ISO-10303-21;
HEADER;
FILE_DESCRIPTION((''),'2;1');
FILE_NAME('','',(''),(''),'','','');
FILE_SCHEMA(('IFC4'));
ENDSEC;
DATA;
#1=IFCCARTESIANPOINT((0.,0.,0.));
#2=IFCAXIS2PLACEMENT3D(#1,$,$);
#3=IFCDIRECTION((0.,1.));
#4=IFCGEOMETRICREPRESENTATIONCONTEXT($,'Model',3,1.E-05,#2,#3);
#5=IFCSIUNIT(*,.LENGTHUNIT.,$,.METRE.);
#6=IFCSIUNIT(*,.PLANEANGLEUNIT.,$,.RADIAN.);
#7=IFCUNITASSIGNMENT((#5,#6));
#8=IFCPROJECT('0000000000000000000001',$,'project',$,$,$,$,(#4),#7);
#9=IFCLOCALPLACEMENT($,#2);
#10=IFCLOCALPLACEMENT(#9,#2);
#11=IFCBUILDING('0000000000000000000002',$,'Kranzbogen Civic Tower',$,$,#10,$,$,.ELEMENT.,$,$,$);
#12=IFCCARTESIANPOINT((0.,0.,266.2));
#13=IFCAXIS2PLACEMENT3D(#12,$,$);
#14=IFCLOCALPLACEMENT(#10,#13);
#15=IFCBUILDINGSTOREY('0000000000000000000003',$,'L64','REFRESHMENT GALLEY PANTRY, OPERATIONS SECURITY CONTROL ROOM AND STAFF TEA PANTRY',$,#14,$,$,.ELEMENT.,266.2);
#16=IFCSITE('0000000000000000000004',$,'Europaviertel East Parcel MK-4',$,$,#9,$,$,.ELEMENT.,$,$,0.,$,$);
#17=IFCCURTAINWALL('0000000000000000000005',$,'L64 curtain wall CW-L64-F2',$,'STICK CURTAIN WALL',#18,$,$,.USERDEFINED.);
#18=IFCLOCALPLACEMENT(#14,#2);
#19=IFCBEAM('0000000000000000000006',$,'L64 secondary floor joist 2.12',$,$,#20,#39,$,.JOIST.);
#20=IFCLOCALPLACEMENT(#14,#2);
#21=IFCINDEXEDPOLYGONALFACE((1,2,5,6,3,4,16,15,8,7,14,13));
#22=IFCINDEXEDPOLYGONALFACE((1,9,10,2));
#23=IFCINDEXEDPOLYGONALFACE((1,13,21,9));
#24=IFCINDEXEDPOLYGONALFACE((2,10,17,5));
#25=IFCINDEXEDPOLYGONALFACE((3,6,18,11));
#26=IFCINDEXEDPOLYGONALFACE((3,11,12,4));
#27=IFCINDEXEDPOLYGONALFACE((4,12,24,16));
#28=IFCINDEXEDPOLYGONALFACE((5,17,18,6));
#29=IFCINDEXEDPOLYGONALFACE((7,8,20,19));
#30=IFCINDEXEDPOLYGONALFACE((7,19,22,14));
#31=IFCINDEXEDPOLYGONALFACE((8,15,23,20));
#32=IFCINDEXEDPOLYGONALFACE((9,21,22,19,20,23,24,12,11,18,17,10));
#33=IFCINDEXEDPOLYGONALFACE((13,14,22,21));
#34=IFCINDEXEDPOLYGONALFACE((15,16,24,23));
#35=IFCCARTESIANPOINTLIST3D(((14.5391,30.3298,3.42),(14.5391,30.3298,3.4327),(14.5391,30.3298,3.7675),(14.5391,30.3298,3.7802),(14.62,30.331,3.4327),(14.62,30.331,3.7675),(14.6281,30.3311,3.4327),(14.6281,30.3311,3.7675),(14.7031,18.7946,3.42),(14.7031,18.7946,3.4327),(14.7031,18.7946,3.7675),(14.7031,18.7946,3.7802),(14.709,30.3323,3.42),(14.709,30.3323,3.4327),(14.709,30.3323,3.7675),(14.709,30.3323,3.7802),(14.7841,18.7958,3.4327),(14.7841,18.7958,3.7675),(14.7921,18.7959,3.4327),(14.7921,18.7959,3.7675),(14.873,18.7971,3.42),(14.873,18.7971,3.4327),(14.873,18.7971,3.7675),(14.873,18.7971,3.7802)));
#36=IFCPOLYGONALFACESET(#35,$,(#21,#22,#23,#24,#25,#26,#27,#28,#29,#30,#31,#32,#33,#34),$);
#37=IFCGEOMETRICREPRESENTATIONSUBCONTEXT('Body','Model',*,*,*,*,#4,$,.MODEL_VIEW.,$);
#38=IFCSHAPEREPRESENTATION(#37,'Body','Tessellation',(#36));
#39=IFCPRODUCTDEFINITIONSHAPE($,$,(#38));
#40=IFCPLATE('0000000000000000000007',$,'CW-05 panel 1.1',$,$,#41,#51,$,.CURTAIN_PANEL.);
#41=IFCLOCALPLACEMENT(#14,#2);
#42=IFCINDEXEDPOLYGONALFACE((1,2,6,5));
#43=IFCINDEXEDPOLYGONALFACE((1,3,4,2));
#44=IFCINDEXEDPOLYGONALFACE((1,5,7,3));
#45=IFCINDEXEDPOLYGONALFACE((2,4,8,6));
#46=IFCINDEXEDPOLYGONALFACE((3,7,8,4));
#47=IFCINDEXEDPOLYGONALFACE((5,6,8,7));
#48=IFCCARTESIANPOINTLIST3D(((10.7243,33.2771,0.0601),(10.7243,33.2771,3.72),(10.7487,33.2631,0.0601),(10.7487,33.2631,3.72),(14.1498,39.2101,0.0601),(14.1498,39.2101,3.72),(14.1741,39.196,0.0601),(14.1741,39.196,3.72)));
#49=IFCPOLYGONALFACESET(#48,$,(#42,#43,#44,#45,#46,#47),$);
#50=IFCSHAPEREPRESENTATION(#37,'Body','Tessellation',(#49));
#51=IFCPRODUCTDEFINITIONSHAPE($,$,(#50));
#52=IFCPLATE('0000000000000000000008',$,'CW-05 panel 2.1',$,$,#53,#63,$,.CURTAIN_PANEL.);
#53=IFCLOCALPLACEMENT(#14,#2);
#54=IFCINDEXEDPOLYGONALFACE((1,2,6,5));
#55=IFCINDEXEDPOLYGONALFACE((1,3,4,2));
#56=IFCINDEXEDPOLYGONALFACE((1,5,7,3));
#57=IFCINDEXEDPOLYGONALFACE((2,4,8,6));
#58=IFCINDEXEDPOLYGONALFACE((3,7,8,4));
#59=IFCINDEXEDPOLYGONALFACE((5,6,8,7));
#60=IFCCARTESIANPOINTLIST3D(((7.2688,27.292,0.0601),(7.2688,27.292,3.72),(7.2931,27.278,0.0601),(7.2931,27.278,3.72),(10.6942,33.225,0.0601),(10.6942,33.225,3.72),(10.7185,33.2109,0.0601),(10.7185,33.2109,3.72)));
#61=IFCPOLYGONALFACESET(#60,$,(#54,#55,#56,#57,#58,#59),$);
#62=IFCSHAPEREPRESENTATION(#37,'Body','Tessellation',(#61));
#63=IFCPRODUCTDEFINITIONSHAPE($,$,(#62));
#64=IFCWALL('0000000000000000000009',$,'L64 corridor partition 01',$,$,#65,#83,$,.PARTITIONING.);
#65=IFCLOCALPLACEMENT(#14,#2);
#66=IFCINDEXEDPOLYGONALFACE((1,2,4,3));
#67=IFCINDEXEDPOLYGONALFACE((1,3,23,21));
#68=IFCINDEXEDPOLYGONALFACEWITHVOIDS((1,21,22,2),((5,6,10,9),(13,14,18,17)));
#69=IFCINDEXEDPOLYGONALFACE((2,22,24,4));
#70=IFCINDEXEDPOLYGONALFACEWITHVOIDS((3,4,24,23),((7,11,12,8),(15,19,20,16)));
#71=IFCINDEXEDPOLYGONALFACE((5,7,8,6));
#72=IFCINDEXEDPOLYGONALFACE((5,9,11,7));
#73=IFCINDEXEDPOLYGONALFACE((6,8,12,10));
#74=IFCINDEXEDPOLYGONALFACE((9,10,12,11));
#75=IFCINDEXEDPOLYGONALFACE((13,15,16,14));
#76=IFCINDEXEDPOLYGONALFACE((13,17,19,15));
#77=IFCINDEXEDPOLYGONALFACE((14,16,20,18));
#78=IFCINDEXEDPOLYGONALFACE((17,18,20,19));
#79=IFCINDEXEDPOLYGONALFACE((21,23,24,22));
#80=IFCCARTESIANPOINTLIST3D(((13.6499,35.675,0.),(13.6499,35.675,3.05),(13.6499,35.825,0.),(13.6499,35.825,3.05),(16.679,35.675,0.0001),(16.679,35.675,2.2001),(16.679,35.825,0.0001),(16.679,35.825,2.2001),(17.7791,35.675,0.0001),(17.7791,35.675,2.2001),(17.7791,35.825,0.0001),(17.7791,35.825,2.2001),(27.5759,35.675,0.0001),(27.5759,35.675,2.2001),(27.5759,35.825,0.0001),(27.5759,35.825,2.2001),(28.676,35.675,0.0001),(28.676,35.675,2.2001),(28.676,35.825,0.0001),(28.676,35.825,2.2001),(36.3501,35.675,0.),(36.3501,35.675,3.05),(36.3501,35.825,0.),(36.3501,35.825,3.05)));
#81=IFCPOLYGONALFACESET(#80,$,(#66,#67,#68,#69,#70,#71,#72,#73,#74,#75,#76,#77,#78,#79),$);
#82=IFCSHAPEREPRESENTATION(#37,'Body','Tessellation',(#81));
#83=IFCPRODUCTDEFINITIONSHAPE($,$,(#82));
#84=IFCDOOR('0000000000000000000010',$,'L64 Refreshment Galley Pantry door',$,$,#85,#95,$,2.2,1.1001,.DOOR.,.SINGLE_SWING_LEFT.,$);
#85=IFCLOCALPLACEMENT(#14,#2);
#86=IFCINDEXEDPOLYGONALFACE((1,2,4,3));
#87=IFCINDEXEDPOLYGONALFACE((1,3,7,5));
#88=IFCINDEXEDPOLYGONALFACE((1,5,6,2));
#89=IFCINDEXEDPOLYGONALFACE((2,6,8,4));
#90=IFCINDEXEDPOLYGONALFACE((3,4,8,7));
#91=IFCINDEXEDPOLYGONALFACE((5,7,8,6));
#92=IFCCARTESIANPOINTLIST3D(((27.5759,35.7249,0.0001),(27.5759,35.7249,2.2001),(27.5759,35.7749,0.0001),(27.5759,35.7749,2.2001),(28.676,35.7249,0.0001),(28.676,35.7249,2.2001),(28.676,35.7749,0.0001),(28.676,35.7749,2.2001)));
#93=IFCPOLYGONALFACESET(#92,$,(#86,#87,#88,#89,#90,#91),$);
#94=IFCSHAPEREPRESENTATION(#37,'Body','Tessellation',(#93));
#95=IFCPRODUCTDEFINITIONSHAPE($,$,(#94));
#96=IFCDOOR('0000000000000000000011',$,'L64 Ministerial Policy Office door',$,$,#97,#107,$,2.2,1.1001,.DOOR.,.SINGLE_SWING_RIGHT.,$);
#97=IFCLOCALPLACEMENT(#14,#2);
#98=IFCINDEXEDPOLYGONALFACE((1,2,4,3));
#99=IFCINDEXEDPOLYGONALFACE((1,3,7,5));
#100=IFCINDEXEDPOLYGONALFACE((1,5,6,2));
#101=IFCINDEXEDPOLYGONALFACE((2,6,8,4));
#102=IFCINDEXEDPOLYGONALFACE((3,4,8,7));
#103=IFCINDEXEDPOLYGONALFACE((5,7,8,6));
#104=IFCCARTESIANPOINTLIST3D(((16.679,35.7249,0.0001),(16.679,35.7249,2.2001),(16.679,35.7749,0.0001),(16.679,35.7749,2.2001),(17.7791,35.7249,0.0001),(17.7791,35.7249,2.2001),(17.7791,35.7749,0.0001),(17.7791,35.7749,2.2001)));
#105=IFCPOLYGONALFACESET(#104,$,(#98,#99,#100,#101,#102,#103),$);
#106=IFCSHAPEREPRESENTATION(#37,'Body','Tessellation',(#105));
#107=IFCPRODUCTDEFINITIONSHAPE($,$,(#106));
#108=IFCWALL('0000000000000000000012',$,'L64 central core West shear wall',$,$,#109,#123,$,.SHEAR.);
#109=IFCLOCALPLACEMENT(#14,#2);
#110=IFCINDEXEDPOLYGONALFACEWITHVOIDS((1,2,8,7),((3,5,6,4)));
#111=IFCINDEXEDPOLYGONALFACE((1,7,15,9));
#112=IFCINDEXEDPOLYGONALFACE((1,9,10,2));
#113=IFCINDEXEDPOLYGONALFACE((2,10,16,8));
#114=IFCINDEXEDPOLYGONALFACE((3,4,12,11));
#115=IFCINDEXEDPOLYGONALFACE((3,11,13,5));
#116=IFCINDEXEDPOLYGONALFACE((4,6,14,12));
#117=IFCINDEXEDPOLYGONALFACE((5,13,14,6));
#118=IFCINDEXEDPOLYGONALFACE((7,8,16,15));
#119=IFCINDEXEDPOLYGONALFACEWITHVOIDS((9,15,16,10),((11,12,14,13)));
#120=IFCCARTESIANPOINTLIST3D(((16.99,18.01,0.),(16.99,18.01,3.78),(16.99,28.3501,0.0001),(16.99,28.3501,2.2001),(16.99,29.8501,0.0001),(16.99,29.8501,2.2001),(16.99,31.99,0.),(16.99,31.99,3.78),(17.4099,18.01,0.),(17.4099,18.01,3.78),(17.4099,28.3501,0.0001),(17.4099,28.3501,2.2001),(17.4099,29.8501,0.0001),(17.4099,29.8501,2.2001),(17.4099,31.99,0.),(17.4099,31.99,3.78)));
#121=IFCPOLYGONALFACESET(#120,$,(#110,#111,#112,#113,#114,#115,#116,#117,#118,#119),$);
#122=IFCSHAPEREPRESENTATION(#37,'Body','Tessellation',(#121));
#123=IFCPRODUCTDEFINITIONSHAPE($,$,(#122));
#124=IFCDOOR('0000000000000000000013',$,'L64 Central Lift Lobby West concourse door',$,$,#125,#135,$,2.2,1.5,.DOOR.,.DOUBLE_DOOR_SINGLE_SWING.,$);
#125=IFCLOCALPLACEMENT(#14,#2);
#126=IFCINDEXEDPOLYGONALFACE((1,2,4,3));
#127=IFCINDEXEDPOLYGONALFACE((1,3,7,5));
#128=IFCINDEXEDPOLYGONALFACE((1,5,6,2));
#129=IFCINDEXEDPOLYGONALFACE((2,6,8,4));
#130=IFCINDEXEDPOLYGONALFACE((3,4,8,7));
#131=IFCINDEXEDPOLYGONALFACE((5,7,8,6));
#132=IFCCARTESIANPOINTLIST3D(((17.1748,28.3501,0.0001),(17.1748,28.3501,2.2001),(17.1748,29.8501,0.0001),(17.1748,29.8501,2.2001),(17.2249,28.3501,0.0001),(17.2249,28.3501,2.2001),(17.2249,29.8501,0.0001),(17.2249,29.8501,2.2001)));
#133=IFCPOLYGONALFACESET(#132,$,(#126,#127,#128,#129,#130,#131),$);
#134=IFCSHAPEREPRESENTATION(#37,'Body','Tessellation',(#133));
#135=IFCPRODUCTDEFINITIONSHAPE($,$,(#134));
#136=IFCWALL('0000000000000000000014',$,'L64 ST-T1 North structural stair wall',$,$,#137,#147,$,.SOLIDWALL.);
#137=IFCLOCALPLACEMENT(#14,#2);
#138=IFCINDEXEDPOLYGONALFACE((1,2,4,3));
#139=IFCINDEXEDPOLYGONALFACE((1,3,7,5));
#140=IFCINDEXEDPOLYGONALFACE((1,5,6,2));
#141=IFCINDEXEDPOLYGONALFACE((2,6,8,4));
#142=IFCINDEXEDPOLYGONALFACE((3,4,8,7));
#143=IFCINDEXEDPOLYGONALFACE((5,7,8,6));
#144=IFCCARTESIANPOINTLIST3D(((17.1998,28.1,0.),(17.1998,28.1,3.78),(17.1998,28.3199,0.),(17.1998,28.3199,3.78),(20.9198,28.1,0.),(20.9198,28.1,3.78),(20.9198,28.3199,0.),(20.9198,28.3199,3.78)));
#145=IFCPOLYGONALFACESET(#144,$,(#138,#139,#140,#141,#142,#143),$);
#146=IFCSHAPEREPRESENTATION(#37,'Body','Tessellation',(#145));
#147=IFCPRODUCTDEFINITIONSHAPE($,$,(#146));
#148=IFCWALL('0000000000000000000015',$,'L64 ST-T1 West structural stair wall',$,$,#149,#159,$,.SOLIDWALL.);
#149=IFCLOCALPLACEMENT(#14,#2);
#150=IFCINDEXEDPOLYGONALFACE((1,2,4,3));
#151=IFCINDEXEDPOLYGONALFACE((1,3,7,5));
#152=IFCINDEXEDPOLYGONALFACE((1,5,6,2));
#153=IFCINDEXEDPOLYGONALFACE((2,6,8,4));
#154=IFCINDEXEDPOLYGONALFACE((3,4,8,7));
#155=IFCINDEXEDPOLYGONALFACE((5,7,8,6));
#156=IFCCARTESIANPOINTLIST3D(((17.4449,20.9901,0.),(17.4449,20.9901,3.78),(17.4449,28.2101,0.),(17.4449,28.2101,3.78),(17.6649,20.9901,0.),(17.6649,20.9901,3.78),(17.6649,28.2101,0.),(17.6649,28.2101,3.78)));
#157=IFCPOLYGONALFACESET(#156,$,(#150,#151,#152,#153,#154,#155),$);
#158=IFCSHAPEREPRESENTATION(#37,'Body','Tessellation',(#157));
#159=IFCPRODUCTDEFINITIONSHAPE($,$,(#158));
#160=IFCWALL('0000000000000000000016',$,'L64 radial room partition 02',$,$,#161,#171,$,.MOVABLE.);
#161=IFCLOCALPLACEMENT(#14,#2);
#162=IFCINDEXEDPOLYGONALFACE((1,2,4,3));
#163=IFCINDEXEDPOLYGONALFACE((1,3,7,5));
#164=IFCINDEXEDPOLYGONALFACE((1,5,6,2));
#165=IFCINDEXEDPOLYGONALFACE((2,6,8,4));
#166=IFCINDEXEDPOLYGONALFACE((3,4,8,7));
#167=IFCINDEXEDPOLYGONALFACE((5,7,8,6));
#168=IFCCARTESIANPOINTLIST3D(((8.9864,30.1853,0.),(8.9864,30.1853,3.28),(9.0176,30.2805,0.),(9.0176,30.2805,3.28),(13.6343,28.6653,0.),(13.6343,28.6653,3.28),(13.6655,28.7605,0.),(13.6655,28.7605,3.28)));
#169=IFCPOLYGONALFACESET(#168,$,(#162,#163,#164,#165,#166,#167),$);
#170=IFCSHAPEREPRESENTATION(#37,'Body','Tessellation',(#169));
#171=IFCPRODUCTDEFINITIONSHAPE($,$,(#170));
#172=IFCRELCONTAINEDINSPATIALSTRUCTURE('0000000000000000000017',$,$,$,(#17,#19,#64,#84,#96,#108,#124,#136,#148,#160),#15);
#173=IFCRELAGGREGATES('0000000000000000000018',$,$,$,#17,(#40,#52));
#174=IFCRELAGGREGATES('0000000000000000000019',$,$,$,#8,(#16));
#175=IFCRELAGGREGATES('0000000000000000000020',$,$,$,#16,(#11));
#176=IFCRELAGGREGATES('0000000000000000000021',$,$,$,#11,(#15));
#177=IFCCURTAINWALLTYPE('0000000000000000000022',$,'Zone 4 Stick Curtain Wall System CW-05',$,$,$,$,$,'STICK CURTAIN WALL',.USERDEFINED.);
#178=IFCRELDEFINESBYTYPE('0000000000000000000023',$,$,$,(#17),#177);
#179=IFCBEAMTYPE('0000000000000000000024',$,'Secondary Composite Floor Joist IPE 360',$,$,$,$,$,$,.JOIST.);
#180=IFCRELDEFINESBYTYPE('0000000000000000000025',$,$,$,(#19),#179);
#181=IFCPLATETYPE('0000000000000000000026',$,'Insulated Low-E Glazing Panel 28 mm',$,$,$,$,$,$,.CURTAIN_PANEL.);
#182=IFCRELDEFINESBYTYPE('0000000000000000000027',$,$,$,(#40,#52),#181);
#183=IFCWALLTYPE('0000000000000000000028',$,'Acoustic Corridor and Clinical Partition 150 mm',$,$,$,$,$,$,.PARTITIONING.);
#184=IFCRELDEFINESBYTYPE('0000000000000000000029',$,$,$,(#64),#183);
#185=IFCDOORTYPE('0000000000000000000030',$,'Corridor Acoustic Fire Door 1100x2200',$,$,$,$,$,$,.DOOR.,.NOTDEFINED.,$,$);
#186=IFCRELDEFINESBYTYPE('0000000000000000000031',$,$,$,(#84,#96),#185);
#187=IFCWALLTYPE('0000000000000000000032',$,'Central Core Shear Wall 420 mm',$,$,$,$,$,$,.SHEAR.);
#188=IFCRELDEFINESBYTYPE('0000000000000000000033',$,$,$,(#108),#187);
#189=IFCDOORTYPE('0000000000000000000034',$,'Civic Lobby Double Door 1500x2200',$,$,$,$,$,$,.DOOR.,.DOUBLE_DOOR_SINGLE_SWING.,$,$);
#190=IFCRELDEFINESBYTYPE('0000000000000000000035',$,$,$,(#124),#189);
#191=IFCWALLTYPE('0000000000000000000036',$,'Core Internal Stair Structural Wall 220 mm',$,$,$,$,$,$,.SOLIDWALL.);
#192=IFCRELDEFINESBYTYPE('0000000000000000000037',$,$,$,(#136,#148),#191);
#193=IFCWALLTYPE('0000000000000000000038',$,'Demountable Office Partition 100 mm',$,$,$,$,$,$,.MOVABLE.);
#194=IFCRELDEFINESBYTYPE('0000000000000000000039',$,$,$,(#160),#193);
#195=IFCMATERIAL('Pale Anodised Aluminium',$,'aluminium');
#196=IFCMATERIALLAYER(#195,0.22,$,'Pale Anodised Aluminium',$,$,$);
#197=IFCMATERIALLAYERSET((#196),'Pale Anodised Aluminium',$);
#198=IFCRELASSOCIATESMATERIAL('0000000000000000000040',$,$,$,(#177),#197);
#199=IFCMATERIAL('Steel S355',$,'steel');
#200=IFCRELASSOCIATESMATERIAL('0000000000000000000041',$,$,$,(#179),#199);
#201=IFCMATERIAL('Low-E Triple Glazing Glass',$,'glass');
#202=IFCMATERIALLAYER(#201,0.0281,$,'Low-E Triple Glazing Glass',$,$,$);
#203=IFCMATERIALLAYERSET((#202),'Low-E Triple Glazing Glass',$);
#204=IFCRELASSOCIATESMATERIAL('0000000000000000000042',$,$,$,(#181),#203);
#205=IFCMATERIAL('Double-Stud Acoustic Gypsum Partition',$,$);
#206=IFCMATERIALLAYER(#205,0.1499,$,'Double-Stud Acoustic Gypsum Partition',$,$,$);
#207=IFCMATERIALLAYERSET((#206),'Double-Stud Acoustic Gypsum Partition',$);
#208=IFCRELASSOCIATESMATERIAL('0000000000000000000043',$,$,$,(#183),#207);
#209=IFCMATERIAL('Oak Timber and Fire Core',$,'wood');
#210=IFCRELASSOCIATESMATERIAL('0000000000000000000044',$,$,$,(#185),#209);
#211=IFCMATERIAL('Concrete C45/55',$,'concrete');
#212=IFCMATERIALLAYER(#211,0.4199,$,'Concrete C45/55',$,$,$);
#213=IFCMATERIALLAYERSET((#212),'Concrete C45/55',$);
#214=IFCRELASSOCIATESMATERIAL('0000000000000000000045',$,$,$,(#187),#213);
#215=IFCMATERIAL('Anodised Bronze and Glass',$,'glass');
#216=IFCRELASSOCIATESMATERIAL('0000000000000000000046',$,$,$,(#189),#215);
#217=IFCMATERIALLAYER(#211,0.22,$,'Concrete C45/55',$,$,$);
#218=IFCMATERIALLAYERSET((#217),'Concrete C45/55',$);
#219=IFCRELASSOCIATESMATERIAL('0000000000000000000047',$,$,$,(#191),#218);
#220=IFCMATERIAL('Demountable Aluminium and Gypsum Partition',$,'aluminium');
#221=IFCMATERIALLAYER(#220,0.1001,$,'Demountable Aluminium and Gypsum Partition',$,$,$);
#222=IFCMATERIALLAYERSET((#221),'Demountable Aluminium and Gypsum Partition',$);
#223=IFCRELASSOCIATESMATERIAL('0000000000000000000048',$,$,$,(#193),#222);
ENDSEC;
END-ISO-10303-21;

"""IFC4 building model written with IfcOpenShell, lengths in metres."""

from ifc_helpers import new_model, si_unit, direction, frame, frame_2d, origin, origin_2d, place, context, subcontext, project, spatial, rectangle, i_section, extrude, material, layer, layer_set, material_profile, profile_set, type_object, element, fill, aggregate, save


model = new_model("IFC4")

# Units and contexts
model_context = context("Model", 3, precision=1e-05, world=origin(), true_north=direction((0.0, 1.0)))
body_context = subcontext(model_context, "Body", "Model", "MODEL_VIEW")
ifc_project = project(units=[si_unit("LENGTHUNIT", "METRE"), si_unit("PLANEANGLEUNIT", "RADIAN")], contexts=[model_context])

# Site, building, storey
site_placement = place(None, origin())
site = spatial("IfcSite", under=ifc_project, at=site_placement, Name="Europaviertel East Parcel MK-4", CompositionType="ELEMENT", RefElevation=0.0)
building_placement = place(site_placement, origin())
building = spatial("IfcBuilding", under=site, at=building_placement, Name="Kranzbogen Civic Tower", CompositionType="ELEMENT")
storey_placement = place(building_placement, frame((0.0, 0.0, 266.2)))
storey = spatial("IfcBuildingStorey", under=building, at=storey_placement, Name="L64", Description="REFRESHMENT GALLEY PANTRY, OPERATIONS SECURITY CONTROL ROOM AND STAFF TEA PANTRY", CompositionType="ELEMENT", Elevation=266.2)

# Shared definitions
ifc_material_1 = material(Name="Steel S355", Category="steel")

# Curtain wall
ifc_material_2 = material(Name="Pale Anodised Aluminium", Category="aluminium")
ifc_layer_1 = layer(ifc_material_2, 0.22, Name="Pale Anodised Aluminium")
ifc_layer_set_1 = layer_set([ifc_layer_1], Name="Pale Anodised Aluminium")
curtain_wall_type = type_object("IfcCurtainWallType", Name="Zone 4 Stick Curtain Wall System CW-05", ElementType="STICK CURTAIN WALL", PredefinedType="USERDEFINED", material=ifc_layer_set_1)
curtain_wall_placement = place(storey_placement, origin())
curtain_wall = element("IfcCurtainWall", 1, at=curtain_wall_placement, inside=storey, type_object=curtain_wall_type, Name="L64 curtain wall CW-L64-F2", ObjectType="STICK CURTAIN WALL", PredefinedType="USERDEFINED")

# Beam
ifc_material_profile_1 = material_profile(ifc_material_1, i_section(OverallWidth=0.1699, OverallDepth=0.3601, WebThickness=0.0081, FlangeThickness=0.0127, at=origin_2d()), Name="IPE 360")
ifc_profile_set_1 = profile_set([ifc_material_profile_1], Name="Steel S355")
beam_type_1 = type_object("IfcBeamType", Name="Secondary Composite Floor Joist IPE 360", PredefinedType="JOIST", material=ifc_profile_set_1)
beam_1_placement = place(storey_placement, frame((14.624, 30.3311, 3.6001), z_axis=(0.014221, -0.999899, 0.0), x_axis=(0.999899, 0.014221, 0.0)))
element("IfcBeam", 2, at=beam_1_placement, inside=storey, type_object=beam_type_1, Name="L64 secondary floor joist 2.12", PredefinedType="JOIST", context=body_context, shape_type="SweptSolid", body=[
    extrude(i_section(OverallWidth=0.1699, OverallDepth=0.3601, WebThickness=0.0081, FlangeThickness=0.0127, at=origin_2d()), origin(), (0.0, 0.0, 1.0), 11.5364),
])

# Plates
ifc_material_3 = material(Name="Low-E Triple Glazing Glass", Category="glass")
ifc_layer_2 = layer(ifc_material_3, 0.0281, Name="Low-E Triple Glazing Glass")
ifc_layer_set_2 = layer_set([ifc_layer_2], Name="Low-E Triple Glazing Glass")
plate_type = type_object("IfcPlateType", Name="Insulated Low-E Glazing Panel 28 mm", PredefinedType="CURTAIN_PANEL", material=ifc_layer_set_2)
plate_1_placement = place(storey_placement, frame((12.4492, 36.2366, 0.0601), z_axis=(0.0, 0.0, 1.0), x_axis=(-0.500005, -0.866022, 0.0)))
plate_1 = element("IfcPlate", 3, at=plate_1_placement, type_object=plate_type, Name="CW-05 panel 1.1", PredefinedType="CURTAIN_PANEL", context=body_context, shape_type="SweptSolid", body=[
    extrude(rectangle(XDim=6.8508, YDim=0.0281, at=origin_2d()), origin(), (0.0, 0.0, 1.0), 3.6599),
])
plate_2_placement = place(storey_placement, frame((8.9937, 30.2515, 0.0601), z_axis=(0.0, 0.0, 1.0), x_axis=(-0.500005, -0.866022, 0.0)))
plate_2 = element("IfcPlate", 4, at=plate_2_placement, type_object=plate_type, Name="CW-05 panel 2.1", PredefinedType="CURTAIN_PANEL", context=body_context, shape_type="SweptSolid", body=[
    extrude(rectangle(XDim=6.8508, YDim=0.0281, at=origin_2d()), origin(), (0.0, 0.0, 1.0), 3.6599),
])
aggregate(curtain_wall, [plate_1, plate_2])

# Wall, openings, doors
ifc_material_4 = material(Name="Double-Stud Acoustic Gypsum Partition")
ifc_layer_3 = layer(ifc_material_4, 0.1499, Name="Double-Stud Acoustic Gypsum Partition")
ifc_layer_set_3 = layer_set([ifc_layer_3], Name="Double-Stud Acoustic Gypsum Partition")
wall_type_1 = type_object("IfcWallType", Name="Acoustic Corridor and Clinical Partition 150 mm", PredefinedType="PARTITIONING", material=ifc_layer_set_3)
wall_1_placement = place(storey_placement, frame((13.6499, 35.75, 0.0), z_axis=(0.0, 0.0, 1.0), x_axis=(1.0, 0.0, 0.0)))
wall_1 = element("IfcWall", 5, at=wall_1_placement, inside=storey, type_object=wall_type_1, Name="L64 corridor partition 01", PredefinedType="PARTITIONING", context=body_context, shape_type="SweptSolid", body=[
    extrude(rectangle(XDim=22.7002, YDim=0.1499, at=frame_2d((11.3501, 0.0))), origin(), (0.0, 0.0, 1.0), 3.05),
])
opening_1_placement = place(wall_1_placement, frame((13.926, 0.0, 0.0)))
opening_1 = element("IfcOpeningElement", 6, at=opening_1_placement, cuts=wall_1, PredefinedType="OPENING", context=body_context, shape_type="SweptSolid", body=[
    extrude(rectangle(XDim=1.1001, YDim=2.2, at=frame_2d((0.55, 1.1001))), frame((0.0, 0.085, 0.0), z_axis=(0.0, -1.0, 0.0), x_axis=(1.0, 0.0, 0.0)), (0.0, 0.0, 1.0), 0.1699),
])
opening_2_placement = place(wall_1_placement, frame((3.0291, 0.0, 0.0)))
opening_2 = element("IfcOpeningElement", 7, at=opening_2_placement, cuts=wall_1, PredefinedType="OPENING", context=body_context, shape_type="SweptSolid", body=[
    extrude(rectangle(XDim=1.1001, YDim=2.2, at=frame_2d((0.55, 1.1001))), frame((0.0, 0.085, 0.0), z_axis=(0.0, -1.0, 0.0), x_axis=(1.0, 0.0, 0.0)), (0.0, 0.0, 1.0), 0.1699),
])
ifc_material_5 = material(Name="Oak Timber and Fire Core", Category="wood")
door_type_1 = type_object("IfcDoorType", Name="Corridor Acoustic Fire Door 1100x2200", OperationType="NOTDEFINED", PredefinedType="DOOR", material=ifc_material_5)
door_1_placement = place(opening_1_placement, origin())
door_1 = element("IfcDoor", 8, at=door_1_placement, inside=storey, type_object=door_type_1, Name="L64 Refreshment Galley Pantry door", OperationType="SINGLE_SWING_LEFT", OverallHeight=2.2, OverallWidth=1.1001, PredefinedType="DOOR", context=body_context, shape_type="SweptSolid", body=[
    extrude(rectangle(XDim=1.1001, YDim=2.2, at=frame_2d((0.55, 1.1001))), frame((0.0, 0.0249, 0.0), z_axis=(0.0, -1.0, 0.0), x_axis=(1.0, 0.0, 0.0)), (0.0, 0.0, 1.0), 0.05),
])
fill(opening_1, door_1)
door_2_placement = place(opening_2_placement, origin())
door_2 = element("IfcDoor", 9, at=door_2_placement, inside=storey, type_object=door_type_1, Name="L64 Ministerial Policy Office door", OperationType="SINGLE_SWING_RIGHT", OverallHeight=2.2, OverallWidth=1.1001, PredefinedType="DOOR", context=body_context, shape_type="SweptSolid", body=[
    extrude(rectangle(XDim=1.1001, YDim=2.2, at=frame_2d((0.55, 1.1001))), frame((0.0, 0.0249, 0.0), z_axis=(0.0, -1.0, 0.0), x_axis=(1.0, 0.0, 0.0)), (0.0, 0.0, 1.0), 0.05),
])
fill(opening_2, door_2)

# Wall, opening, door
ifc_material_6 = material(Name="Concrete C45/55", Category="concrete")
ifc_layer_4 = layer(ifc_material_6, 0.4199, Name="Concrete C45/55")
ifc_layer_set_4 = layer_set([ifc_layer_4], Name="Concrete C45/55")
wall_type_2 = type_object("IfcWallType", Name="Central Core Shear Wall 420 mm", PredefinedType="SHEAR", material=ifc_layer_set_4)
wall_2_placement = place(storey_placement, frame((17.2, 31.99, 0.0), z_axis=(0.0, 0.0, 1.0), x_axis=(0.0, -1.0, 0.0)))
wall_2 = element("IfcWall", 10, at=wall_2_placement, inside=storey, type_object=wall_type_2, Name="L64 central core West shear wall", PredefinedType="SHEAR", context=body_context, shape_type="SweptSolid", body=[
    extrude(rectangle(XDim=13.98, YDim=0.4199, at=frame_2d((6.99, 0.0))), origin(), (0.0, 0.0, 1.0), 3.78),
])
opening_3_placement = place(wall_2_placement, frame((2.1399, 0.0, 0.0)))
opening_3 = element("IfcOpeningElement", 11, at=opening_3_placement, cuts=wall_2, PredefinedType="OPENING", context=body_context, shape_type="SweptSolid", body=[
    extrude(rectangle(XDim=1.5, YDim=2.2, at=frame_2d((0.75, 1.1001))), frame((0.0, 0.22, 0.0), z_axis=(0.0, -1.0, 0.0), x_axis=(1.0, 0.0, 0.0)), (0.0, 0.0, 1.0), 0.4399),
])
ifc_material_7 = material(Name="Anodised Bronze and Glass", Category="glass")
door_type_2 = type_object("IfcDoorType", Name="Civic Lobby Double Door 1500x2200", OperationType="DOUBLE_DOOR_SINGLE_SWING", PredefinedType="DOOR", material=ifc_material_7)
door_3_placement = place(opening_3_placement, origin())
door_3 = element("IfcDoor", 12, at=door_3_placement, inside=storey, type_object=door_type_2, Name="L64 Central Lift Lobby West concourse door", OperationType="DOUBLE_DOOR_SINGLE_SWING", OverallHeight=2.2, OverallWidth=1.5, PredefinedType="DOOR", context=body_context, shape_type="SweptSolid", body=[
    extrude(rectangle(XDim=1.5, YDim=2.2, at=frame_2d((0.75, 1.1001))), frame((0.0, 0.0249, 0.0), z_axis=(0.0, -1.0, 0.0), x_axis=(1.0, 0.0, 0.0)), (0.0, 0.0, 1.0), 0.05),
])
fill(opening_3, door_3)

# Walls
ifc_layer_5 = layer(ifc_material_6, 0.22, Name="Concrete C45/55")
ifc_layer_set_5 = layer_set([ifc_layer_5], Name="Concrete C45/55")
wall_type_3 = type_object("IfcWallType", Name="Core Internal Stair Structural Wall 220 mm", PredefinedType="SOLIDWALL", material=ifc_layer_set_5)
wall_3_placement = place(storey_placement, frame((17.2, 28.21, 0.0), z_axis=(0.0, 0.0, 1.0), x_axis=(1.0, 0.0, 0.0)))
element("IfcWall", 13, at=wall_3_placement, inside=storey, type_object=wall_type_3, Name="L64 ST-T1 North structural stair wall", PredefinedType="SOLIDWALL", context=body_context, shape_type="SweptSolid", body=[
    extrude(rectangle(XDim=3.72, YDim=0.22, at=frame_2d((1.8599, 0.0))), origin(), (0.0, 0.0, 1.0), 3.78),
])
wall_4_placement = place(storey_placement, frame((17.5549, 28.21, 0.0), z_axis=(0.0, 0.0, 1.0), x_axis=(0.0, -1.0, 0.0)))
element("IfcWall", 14, at=wall_4_placement, inside=storey, type_object=wall_type_3, Name="L64 ST-T1 West structural stair wall", PredefinedType="SOLIDWALL", context=body_context, shape_type="SweptSolid", body=[
    extrude(rectangle(XDim=7.22, YDim=0.22, at=frame_2d((3.6099, 0.0))), origin(), (0.0, 0.0, 1.0), 3.78),
])
ifc_material_8 = material(Name="Demountable Aluminium and Gypsum Partition", Category="aluminium")
ifc_layer_6 = layer(ifc_material_8, 0.1001, Name="Demountable Aluminium and Gypsum Partition")
ifc_layer_set_6 = layer_set([ifc_layer_6], Name="Demountable Aluminium and Gypsum Partition")
wall_type_4 = type_object("IfcWallType", Name="Demountable Office Partition 100 mm", PredefinedType="MOVABLE", material=ifc_layer_set_6)
wall_5_placement = place(storey_placement, frame((13.6499, 28.7129, 0.0), z_axis=(0.0, 0.0, 1.0), x_axis=(-0.950465, 0.310831, 0.0)))
element("IfcWall", 15, at=wall_5_placement, inside=storey, type_object=wall_type_4, Name="L64 radial room partition 02", PredefinedType="MOVABLE", context=body_context, shape_type="SweptSolid", body=[
    extrude(rectangle(XDim=4.8901, YDim=0.1001, at=frame_2d((2.4451, 0.0))), origin(), (0.0, 0.0, 1.0), 3.28),
])

save(model, "model.ifc")
